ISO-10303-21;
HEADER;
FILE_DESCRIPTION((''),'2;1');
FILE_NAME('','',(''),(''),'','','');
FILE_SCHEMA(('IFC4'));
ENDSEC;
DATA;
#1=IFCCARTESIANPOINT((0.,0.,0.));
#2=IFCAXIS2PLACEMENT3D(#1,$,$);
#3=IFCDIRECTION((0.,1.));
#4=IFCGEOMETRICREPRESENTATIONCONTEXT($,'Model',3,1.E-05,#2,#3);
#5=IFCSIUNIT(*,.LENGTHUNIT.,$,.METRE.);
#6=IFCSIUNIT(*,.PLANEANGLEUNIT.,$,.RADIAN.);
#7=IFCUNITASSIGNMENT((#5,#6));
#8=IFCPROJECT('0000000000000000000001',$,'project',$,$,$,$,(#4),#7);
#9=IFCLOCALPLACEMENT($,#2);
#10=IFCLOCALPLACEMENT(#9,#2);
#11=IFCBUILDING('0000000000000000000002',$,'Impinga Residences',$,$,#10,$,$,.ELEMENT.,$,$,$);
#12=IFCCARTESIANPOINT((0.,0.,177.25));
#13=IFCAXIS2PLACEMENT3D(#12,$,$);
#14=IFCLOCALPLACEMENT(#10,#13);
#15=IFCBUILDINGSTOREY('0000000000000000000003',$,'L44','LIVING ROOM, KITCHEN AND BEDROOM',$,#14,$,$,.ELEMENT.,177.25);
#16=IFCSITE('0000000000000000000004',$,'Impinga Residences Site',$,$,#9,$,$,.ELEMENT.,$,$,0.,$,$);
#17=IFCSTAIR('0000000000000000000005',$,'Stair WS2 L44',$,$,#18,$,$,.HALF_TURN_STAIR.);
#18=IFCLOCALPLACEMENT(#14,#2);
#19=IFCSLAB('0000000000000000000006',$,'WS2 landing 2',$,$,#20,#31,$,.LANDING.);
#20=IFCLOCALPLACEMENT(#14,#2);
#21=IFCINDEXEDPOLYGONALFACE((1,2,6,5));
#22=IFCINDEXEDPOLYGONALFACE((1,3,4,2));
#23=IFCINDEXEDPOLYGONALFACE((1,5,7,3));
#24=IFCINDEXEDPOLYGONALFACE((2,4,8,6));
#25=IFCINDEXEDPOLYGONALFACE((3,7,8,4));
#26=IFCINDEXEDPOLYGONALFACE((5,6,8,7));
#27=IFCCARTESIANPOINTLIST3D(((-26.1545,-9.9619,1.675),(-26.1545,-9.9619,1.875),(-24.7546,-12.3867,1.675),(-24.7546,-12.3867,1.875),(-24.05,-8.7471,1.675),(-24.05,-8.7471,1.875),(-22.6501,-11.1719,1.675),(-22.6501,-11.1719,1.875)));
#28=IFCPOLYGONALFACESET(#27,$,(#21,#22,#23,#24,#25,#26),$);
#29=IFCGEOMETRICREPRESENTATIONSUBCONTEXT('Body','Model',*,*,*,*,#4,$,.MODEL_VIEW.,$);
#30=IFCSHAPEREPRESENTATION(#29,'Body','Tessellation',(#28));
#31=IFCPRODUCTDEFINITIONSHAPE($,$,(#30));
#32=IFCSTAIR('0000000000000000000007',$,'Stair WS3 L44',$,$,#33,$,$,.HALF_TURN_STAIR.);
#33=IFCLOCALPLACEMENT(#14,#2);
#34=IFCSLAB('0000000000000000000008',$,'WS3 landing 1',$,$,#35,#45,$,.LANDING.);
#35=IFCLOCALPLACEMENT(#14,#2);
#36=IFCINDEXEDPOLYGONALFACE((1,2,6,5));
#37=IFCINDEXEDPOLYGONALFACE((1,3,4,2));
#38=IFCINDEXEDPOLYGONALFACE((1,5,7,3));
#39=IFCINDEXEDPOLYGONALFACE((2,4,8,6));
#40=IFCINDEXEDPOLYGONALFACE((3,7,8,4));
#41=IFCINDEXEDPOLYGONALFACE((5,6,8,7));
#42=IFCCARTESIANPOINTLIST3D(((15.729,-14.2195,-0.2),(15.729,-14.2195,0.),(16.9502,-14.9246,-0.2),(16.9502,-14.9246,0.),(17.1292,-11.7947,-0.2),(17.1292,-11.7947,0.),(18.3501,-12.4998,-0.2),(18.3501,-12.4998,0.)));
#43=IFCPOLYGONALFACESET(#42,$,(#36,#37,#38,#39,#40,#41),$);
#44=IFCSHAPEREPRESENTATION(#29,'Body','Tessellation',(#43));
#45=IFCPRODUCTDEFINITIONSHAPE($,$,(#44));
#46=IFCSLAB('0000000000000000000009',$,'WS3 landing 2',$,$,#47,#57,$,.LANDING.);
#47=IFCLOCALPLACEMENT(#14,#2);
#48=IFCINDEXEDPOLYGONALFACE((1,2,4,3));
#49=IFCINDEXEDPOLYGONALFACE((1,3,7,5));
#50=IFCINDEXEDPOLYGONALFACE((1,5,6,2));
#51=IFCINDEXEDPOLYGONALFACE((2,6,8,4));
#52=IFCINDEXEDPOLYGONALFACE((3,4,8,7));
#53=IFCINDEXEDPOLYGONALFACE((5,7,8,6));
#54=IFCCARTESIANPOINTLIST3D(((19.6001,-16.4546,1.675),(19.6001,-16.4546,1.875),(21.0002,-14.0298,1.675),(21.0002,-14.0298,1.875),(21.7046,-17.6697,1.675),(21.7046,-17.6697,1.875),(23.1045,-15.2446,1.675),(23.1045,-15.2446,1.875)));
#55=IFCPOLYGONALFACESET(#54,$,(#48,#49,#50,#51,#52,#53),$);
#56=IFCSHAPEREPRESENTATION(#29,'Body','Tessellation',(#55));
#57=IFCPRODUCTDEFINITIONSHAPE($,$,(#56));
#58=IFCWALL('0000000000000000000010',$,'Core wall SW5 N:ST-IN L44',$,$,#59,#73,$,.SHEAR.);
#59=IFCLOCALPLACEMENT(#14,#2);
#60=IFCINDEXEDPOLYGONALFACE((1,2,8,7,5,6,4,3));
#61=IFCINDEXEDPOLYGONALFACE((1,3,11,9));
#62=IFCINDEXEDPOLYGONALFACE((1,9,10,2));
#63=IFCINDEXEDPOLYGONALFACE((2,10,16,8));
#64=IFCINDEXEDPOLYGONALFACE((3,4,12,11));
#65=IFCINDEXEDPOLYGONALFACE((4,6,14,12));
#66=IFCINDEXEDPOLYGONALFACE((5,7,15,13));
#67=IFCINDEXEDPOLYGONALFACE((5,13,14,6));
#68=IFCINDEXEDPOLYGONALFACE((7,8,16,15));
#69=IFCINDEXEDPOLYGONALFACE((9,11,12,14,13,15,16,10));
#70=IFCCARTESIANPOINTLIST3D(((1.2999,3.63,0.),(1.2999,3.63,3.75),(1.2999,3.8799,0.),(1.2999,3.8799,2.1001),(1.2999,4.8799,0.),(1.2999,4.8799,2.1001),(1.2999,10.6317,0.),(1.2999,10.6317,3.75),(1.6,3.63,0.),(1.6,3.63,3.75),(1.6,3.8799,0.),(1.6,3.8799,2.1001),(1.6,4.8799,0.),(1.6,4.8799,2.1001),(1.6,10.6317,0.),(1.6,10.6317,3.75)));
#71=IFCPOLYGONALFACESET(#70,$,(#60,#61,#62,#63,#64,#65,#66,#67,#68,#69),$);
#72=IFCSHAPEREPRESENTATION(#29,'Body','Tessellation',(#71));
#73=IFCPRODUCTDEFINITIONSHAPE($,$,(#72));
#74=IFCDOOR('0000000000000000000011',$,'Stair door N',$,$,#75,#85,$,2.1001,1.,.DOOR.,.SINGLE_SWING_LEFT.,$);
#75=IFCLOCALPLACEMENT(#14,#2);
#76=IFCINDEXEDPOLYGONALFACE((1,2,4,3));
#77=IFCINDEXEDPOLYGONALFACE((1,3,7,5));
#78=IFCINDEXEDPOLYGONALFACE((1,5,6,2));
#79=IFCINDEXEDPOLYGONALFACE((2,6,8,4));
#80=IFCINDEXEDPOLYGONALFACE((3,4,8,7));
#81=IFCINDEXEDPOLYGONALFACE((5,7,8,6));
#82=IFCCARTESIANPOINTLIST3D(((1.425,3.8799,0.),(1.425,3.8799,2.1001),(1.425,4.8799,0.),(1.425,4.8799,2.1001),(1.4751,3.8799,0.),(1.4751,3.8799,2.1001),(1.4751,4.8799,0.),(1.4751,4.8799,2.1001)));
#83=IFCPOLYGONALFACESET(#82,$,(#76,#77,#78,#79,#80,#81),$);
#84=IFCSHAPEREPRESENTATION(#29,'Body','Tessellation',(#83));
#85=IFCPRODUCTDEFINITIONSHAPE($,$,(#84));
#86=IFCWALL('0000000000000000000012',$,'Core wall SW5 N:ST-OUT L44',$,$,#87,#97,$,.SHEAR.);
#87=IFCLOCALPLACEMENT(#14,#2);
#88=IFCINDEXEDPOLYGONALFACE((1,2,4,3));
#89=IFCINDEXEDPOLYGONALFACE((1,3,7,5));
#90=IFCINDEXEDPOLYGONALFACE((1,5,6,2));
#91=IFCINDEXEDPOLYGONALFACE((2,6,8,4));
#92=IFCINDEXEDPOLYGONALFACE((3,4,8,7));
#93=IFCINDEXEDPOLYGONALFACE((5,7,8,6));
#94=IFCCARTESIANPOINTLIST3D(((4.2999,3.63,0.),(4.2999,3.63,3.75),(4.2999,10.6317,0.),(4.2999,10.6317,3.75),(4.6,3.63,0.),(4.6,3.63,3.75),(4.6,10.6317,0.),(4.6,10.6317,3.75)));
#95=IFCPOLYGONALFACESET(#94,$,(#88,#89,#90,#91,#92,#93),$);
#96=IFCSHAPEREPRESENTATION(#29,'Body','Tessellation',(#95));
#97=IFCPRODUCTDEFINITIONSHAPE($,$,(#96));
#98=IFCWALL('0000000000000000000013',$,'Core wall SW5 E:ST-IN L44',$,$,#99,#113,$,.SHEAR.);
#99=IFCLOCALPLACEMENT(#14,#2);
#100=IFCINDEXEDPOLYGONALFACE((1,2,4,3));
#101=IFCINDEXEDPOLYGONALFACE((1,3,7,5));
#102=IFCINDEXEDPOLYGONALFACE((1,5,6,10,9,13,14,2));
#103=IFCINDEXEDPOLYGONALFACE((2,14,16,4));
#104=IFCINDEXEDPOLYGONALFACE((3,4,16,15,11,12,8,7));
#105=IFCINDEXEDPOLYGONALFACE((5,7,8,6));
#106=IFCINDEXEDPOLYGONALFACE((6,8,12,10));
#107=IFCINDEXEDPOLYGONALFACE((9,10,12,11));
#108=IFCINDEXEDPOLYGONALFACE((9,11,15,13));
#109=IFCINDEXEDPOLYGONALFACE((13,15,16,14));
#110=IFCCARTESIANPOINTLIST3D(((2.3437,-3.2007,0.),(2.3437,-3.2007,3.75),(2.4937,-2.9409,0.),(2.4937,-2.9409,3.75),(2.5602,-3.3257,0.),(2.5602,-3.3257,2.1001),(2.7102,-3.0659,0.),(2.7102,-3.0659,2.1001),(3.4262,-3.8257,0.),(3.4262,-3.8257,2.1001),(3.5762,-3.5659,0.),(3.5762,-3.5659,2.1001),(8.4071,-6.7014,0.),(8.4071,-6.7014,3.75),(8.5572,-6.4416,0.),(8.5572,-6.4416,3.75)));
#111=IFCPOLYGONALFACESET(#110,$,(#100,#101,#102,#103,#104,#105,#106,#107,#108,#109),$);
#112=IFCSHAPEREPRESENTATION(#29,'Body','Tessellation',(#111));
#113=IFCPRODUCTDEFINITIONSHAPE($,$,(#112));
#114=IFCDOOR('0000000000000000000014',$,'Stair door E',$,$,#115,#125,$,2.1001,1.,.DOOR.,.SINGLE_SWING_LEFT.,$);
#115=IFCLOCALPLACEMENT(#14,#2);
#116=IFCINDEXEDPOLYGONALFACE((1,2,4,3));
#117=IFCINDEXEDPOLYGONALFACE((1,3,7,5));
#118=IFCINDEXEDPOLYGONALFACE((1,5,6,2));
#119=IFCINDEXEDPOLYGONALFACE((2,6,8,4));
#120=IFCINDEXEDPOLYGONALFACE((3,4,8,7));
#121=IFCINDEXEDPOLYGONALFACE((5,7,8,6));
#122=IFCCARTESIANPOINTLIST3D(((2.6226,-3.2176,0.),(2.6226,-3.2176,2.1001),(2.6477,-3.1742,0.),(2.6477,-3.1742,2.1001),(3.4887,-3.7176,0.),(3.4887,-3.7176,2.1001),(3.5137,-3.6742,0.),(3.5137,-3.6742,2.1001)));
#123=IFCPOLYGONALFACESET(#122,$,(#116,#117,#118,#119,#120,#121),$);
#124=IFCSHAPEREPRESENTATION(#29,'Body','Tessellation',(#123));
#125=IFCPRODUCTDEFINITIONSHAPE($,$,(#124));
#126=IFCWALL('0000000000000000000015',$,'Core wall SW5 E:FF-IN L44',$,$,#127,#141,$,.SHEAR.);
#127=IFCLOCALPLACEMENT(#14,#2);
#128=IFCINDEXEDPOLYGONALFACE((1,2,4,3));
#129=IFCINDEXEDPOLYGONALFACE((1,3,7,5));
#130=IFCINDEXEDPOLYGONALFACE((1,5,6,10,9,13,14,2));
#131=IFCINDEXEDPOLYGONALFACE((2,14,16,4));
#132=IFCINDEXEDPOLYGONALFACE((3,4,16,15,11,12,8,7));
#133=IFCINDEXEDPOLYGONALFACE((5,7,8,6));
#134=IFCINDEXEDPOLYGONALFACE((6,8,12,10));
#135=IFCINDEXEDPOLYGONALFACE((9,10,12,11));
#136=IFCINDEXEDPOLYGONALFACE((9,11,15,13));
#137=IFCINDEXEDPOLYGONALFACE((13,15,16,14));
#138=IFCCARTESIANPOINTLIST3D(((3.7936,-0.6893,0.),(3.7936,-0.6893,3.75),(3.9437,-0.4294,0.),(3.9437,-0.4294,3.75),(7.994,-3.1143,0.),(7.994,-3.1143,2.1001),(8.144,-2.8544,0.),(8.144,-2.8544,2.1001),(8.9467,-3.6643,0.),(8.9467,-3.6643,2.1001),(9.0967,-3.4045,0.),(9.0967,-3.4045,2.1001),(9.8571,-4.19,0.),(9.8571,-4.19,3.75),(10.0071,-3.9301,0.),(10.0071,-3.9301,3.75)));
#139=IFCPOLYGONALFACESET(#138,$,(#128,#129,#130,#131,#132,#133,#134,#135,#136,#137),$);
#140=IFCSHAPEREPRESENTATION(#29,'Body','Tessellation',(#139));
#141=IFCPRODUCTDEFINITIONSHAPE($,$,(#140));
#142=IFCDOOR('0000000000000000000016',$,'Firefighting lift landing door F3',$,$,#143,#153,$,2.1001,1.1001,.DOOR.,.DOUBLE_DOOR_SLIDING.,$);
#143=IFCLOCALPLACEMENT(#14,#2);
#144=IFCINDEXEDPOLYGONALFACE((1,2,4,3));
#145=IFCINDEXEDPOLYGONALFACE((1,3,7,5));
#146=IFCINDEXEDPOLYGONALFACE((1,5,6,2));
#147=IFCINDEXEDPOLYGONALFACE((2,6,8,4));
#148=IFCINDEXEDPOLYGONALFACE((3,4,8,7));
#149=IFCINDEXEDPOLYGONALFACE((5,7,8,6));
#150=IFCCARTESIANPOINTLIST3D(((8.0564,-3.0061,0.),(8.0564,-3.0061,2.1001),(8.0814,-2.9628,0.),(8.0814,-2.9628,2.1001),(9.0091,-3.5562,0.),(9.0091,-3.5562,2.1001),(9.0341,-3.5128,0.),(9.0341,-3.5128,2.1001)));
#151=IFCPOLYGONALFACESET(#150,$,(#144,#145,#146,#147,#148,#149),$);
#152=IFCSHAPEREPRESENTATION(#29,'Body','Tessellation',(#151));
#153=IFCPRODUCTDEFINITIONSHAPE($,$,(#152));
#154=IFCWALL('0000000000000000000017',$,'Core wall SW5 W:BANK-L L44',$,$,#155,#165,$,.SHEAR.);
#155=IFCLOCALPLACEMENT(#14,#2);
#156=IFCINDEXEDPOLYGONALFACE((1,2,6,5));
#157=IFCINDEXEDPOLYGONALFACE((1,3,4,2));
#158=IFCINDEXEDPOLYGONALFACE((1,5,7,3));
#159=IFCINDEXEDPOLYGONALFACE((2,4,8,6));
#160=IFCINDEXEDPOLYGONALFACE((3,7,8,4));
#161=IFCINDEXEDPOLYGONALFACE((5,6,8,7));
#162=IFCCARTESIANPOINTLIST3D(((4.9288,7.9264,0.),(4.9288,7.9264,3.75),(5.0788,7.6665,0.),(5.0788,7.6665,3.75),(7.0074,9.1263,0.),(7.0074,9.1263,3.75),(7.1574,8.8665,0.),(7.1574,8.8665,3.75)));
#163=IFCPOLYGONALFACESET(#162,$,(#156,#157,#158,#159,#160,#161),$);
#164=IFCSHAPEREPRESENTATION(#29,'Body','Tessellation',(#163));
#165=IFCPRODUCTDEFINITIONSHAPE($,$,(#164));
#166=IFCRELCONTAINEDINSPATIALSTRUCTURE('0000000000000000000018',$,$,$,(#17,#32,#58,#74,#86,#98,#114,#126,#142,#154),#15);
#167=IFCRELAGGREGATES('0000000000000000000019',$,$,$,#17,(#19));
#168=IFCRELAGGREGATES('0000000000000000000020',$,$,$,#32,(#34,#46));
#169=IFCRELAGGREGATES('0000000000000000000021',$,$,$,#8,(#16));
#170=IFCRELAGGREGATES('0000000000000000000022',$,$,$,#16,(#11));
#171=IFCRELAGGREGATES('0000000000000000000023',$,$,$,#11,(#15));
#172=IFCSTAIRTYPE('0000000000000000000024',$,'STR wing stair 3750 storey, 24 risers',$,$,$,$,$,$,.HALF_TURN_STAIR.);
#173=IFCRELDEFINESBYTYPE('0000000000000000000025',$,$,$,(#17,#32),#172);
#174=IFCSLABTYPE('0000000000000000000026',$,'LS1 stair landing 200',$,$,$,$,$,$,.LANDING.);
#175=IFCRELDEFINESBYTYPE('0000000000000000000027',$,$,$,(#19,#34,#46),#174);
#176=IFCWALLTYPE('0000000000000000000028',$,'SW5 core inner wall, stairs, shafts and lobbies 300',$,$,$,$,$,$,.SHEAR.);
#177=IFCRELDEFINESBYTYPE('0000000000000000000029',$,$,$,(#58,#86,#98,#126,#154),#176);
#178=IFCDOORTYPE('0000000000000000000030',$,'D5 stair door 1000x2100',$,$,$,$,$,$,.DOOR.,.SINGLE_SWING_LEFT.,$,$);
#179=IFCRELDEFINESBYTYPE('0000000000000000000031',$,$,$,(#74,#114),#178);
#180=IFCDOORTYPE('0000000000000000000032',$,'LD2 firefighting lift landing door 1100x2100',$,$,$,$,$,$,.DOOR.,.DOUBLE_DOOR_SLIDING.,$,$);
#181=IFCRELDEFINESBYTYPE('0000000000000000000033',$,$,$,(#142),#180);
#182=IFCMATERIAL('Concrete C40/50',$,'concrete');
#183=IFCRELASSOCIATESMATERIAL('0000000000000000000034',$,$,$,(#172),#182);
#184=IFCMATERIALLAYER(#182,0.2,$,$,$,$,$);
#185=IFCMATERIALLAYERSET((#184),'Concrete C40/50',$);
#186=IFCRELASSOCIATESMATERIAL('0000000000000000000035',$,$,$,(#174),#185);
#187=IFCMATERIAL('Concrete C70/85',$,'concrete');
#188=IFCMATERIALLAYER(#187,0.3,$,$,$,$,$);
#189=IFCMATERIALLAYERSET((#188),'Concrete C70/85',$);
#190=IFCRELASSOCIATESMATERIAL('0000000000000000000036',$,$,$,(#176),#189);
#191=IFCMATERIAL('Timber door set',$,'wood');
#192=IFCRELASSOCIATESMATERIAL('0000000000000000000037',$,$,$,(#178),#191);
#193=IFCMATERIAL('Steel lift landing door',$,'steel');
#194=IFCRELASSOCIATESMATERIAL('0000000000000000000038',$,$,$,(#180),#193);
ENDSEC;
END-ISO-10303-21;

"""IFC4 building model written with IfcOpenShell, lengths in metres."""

from ifc_helpers import new_model, si_unit, direction, frame, frame_2d, origin, place, context, subcontext, project, spatial, polyline, rectangle, outline, extrude, material, layer, layer_set, type_object, element, fill, aggregate, save


model = new_model("IFC4")

# Units and contexts
model_context = context("Model", 3, precision=1e-05, world=origin(), true_north=direction((0.0, 1.0)))
body_context = subcontext(model_context, "Body", "Model", "MODEL_VIEW")
ifc_project = project(units=[si_unit("LENGTHUNIT", "METRE"), si_unit("PLANEANGLEUNIT", "RADIAN")], contexts=[model_context])

# Site, building, storey
site_placement = place(None, origin())
site = spatial("IfcSite", under=ifc_project, at=site_placement, Name="Impinga Residences Site", CompositionType="ELEMENT", RefElevation=0.0)
building_placement = place(site_placement, origin())
building = spatial("IfcBuilding", under=site, at=building_placement, Name="Impinga Residences", CompositionType="ELEMENT")
storey_placement = place(building_placement, frame((0.0, 0.0, 177.25)))
storey = spatial("IfcBuildingStorey", under=building, at=storey_placement, Name="L44", Description="LIVING ROOM, KITCHEN AND BEDROOM", CompositionType="ELEMENT", Elevation=177.25)

# Stair, slab
ifc_material_1 = material(Name="Concrete C40/50", Category="concrete")
stair_type_1 = type_object("IfcStairType", Name="STR wing stair 3750 storey, 24 risers", PredefinedType="HALF_TURN_STAIR", material=ifc_material_1)
stair_1_placement = place(storey_placement, origin())
stair_1 = element("IfcStair", 1, at=stair_1_placement, inside=storey, type_object=stair_type_1, Name="Stair WS2 L44", PredefinedType="HALF_TURN_STAIR")
ifc_layer_1 = layer(ifc_material_1, 0.2)
ifc_layer_set_1 = layer_set([ifc_layer_1], Name="Concrete C40/50")
slab_type = type_object("IfcSlabType", Name="LS1 stair landing 200", PredefinedType="LANDING", material=ifc_layer_set_1)
slab_1_placement = place(storey_placement, frame((0.0, 0.0, 1.675)))
slab_1 = element("IfcSlab", 2, at=slab_1_placement, type_object=slab_type, Name="WS2 landing 2", PredefinedType="LANDING", context=body_context, shape_type="SweptSolid", body=[
    extrude(outline(polyline([(-22.6501, -11.1719), (-24.05, -8.7471), (-26.1545, -9.9619), (-24.7546, -12.3867), (-22.6501, -11.1719)])), origin(), (0.0, 0.0, 1.0), 0.2),
])
aggregate(stair_1, [slab_1])

# Stair, slabs
stair_2_placement = place(storey_placement, origin())
stair_2 = element("IfcStair", 3, at=stair_2_placement, inside=storey, type_object=stair_type_1, Name="Stair WS3 L44", PredefinedType="HALF_TURN_STAIR")
slab_2_placement = place(storey_placement, frame((0.0, 0.0, -0.2)))
slab_2 = element("IfcSlab", 4, at=slab_2_placement, type_object=slab_type, Name="WS3 landing 1", PredefinedType="LANDING", context=body_context, shape_type="SweptSolid", body=[
    extrude(outline(polyline([(17.1292, -11.7947), (15.729, -14.2195), (16.9502, -14.9246), (18.3501, -12.4998), (17.1292, -11.7947)])), origin(), (0.0, 0.0, 1.0), 0.2),
])
slab_3_placement = place(storey_placement, frame((0.0, 0.0, 1.675)))
slab_3 = element("IfcSlab", 5, at=slab_3_placement, type_object=slab_type, Name="WS3 landing 2", PredefinedType="LANDING", context=body_context, shape_type="SweptSolid", body=[
    extrude(outline(polyline([(21.0002, -14.0298), (19.6001, -16.4546), (21.7046, -17.6697), (23.1045, -15.2446), (21.0002, -14.0298)])), origin(), (0.0, 0.0, 1.0), 0.2),
])
aggregate(stair_2, [slab_2, slab_3])

# Wall, opening, door
ifc_material_2 = material(Name="Concrete C70/85", Category="concrete")
ifc_layer_2 = layer(ifc_material_2, 0.3)
ifc_layer_set_2 = layer_set([ifc_layer_2], Name="Concrete C70/85")
wall_type = type_object("IfcWallType", Name="SW5 core inner wall, stairs, shafts and lobbies 300", PredefinedType="SHEAR", material=ifc_layer_set_2)
wall_1_placement = place(storey_placement, frame((1.45, 3.6299, 0.0), z_axis=(0.0, 0.0, 1.0), x_axis=(0.0, 1.0, 0.0)))
wall_1 = element("IfcWall", 6, at=wall_1_placement, inside=storey, type_object=wall_type, Name="Core wall SW5 N:ST-IN L44", PredefinedType="SHEAR", context=body_context, shape_type="SweptSolid", body=[
    extrude(rectangle(XDim=7.0017, YDim=0.3, at=frame_2d((3.501, 0.0))), origin(), (0.0, 0.0, 1.0), 3.75),
])
opening_1_placement = place(wall_1_placement, frame((0.25, 0.0, 0.0)))
opening_1 = element("IfcOpeningElement", 7, at=opening_1_placement, cuts=wall_1, PredefinedType="OPENING", context=body_context, shape_type="SweptSolid", body=[
    extrude(rectangle(XDim=1.0, YDim=2.1001, at=frame_2d((0.5, 1.05))), frame((0.0, 0.1599, 0.0), z_axis=(0.0, -1.0, 0.0), x_axis=(1.0, 0.0, 0.0)), (0.0, 0.0, 1.0), 0.3201),
])
ifc_material_3 = material(Name="Timber door set", Category="wood")
door_type_1 = type_object("IfcDoorType", Name="D5 stair door 1000x2100", OperationType="SINGLE_SWING_LEFT", PredefinedType="DOOR", material=ifc_material_3)
door_1_placement = place(opening_1_placement, origin())
door_1 = element("IfcDoor", 8, at=door_1_placement, inside=storey, type_object=door_type_1, Name="Stair door N", OperationType="SINGLE_SWING_LEFT", OverallHeight=2.1001, OverallWidth=1.0, PredefinedType="DOOR", context=body_context, shape_type="SweptSolid", body=[
    extrude(rectangle(XDim=1.0, YDim=2.1001, at=frame_2d((0.5, 1.05))), frame((0.0, 0.0249, 0.0), z_axis=(0.0, -1.0, 0.0), x_axis=(1.0, 0.0, 0.0)), (0.0, 0.0, 1.0), 0.05),
])
fill(opening_1, door_1)

# Wall
wall_2_placement = place(storey_placement, frame((4.45, 3.6299, 0.0), z_axis=(0.0, 0.0, 1.0), x_axis=(0.0, 1.0, 0.0)))
element("IfcWall", 9, at=wall_2_placement, inside=storey, type_object=wall_type, Name="Core wall SW5 N:ST-OUT L44", PredefinedType="SHEAR", context=body_context, shape_type="SweptSolid", body=[
    extrude(rectangle(XDim=7.0017, YDim=0.3, at=frame_2d((3.501, 0.0))), origin(), (0.0, 0.0, 1.0), 3.75),
])

# Walls, openings, doors
wall_3_placement = place(storey_placement, frame((2.4187, -3.0708, 0.0), z_axis=(0.0, 0.0, 1.0), x_axis=(0.866026, -0.499998, 0.0)))
wall_3 = element("IfcWall", 10, at=wall_3_placement, inside=storey, type_object=wall_type, Name="Core wall SW5 E:ST-IN L44", PredefinedType="SHEAR", context=body_context, shape_type="SweptSolid", body=[
    extrude(rectangle(XDim=7.0015, YDim=0.3, at=frame_2d((3.5007, 0.0))), origin(), (0.0, 0.0, 1.0), 3.75),
])
opening_2_placement = place(wall_3_placement, frame((0.25, 0.0, 0.0)))
opening_2 = element("IfcOpeningElement", 11, at=opening_2_placement, cuts=wall_3, PredefinedType="OPENING", context=body_context, shape_type="SweptSolid", body=[
    extrude(rectangle(XDim=1.0, YDim=2.1001, at=frame_2d((0.5, 1.05))), frame((0.0, 0.1599, 0.0), z_axis=(0.0, -1.0, 0.0), x_axis=(1.0, 0.0, 0.0)), (0.0, 0.0, 1.0), 0.3201),
])
door_2_placement = place(opening_2_placement, origin())
door_2 = element("IfcDoor", 12, at=door_2_placement, inside=storey, type_object=door_type_1, Name="Stair door E", OperationType="SINGLE_SWING_LEFT", OverallHeight=2.1001, OverallWidth=1.0, PredefinedType="DOOR", context=body_context, shape_type="SweptSolid", body=[
    extrude(rectangle(XDim=1.0, YDim=2.1001, at=frame_2d((0.5, 1.05))), frame((0.0, 0.0249, 0.0), z_axis=(0.0, -1.0, 0.0), x_axis=(1.0, 0.0, 0.0)), (0.0, 0.0, 1.0), 0.05),
])
fill(opening_2, door_2)
wall_4_placement = place(storey_placement, frame((3.8687, -0.5593, 0.0), z_axis=(0.0, 0.0, 1.0), x_axis=(0.866026, -0.499998, 0.0)))
wall_4 = element("IfcWall", 13, at=wall_4_placement, inside=storey, type_object=wall_type, Name="Core wall SW5 E:FF-IN L44", PredefinedType="SHEAR", context=body_context, shape_type="SweptSolid", body=[
    extrude(rectangle(XDim=7.0015, YDim=0.3, at=frame_2d((3.5007, 0.0))), origin(), (0.0, 0.0, 1.0), 3.75),
])
opening_3_placement = place(wall_4_placement, frame((4.8501, 0.0, 0.0)))
opening_3 = element("IfcOpeningElement", 14, at=opening_3_placement, cuts=wall_4, PredefinedType="OPENING", context=body_context, shape_type="SweptSolid", body=[
    extrude(rectangle(XDim=1.1001, YDim=2.1001, at=frame_2d((0.55, 1.05))), frame((0.0, 0.1599, 0.0), z_axis=(0.0, -1.0, 0.0), x_axis=(1.0, 0.0, 0.0)), (0.0, 0.0, 1.0), 0.3201),
])
ifc_material_4 = material(Name="Steel lift landing door", Category="steel")
door_type_2 = type_object("IfcDoorType", Name="LD2 firefighting lift landing door 1100x2100", OperationType="DOUBLE_DOOR_SLIDING", PredefinedType="DOOR", material=ifc_material_4)
door_3_placement = place(opening_3_placement, origin())
door_3 = element("IfcDoor", 15, at=door_3_placement, inside=storey, type_object=door_type_2, Name="Firefighting lift landing door F3", OperationType="DOUBLE_DOOR_SLIDING", OverallHeight=2.1001, OverallWidth=1.1001, PredefinedType="DOOR", context=body_context, shape_type="SweptSolid", body=[
    extrude(rectangle(XDim=1.1001, YDim=2.1001, at=frame_2d((0.55, 1.05))), frame((0.0, 0.0249, 0.0), z_axis=(0.0, -1.0, 0.0), x_axis=(1.0, 0.0, 0.0)), (0.0, 0.0, 1.0), 0.05),
])
fill(opening_3, door_3)

# Wall
wall_5_placement = place(storey_placement, frame((5.0037, 7.7964, 0.0), z_axis=(0.0, 0.0, 1.0), x_axis=(0.86605, 0.499957, 0.0)))
element("IfcWall", 16, at=wall_5_placement, inside=storey, type_object=wall_type, Name="Core wall SW5 W:BANK-L L44", PredefinedType="SHEAR", context=body_context, shape_type="SweptSolid", body=[
    extrude(rectangle(XDim=2.4001, YDim=0.3, at=frame_2d((1.2002, 0.0))), origin(), (0.0, 0.0, 1.0), 3.75),
])

save(model, "model.ifc")
